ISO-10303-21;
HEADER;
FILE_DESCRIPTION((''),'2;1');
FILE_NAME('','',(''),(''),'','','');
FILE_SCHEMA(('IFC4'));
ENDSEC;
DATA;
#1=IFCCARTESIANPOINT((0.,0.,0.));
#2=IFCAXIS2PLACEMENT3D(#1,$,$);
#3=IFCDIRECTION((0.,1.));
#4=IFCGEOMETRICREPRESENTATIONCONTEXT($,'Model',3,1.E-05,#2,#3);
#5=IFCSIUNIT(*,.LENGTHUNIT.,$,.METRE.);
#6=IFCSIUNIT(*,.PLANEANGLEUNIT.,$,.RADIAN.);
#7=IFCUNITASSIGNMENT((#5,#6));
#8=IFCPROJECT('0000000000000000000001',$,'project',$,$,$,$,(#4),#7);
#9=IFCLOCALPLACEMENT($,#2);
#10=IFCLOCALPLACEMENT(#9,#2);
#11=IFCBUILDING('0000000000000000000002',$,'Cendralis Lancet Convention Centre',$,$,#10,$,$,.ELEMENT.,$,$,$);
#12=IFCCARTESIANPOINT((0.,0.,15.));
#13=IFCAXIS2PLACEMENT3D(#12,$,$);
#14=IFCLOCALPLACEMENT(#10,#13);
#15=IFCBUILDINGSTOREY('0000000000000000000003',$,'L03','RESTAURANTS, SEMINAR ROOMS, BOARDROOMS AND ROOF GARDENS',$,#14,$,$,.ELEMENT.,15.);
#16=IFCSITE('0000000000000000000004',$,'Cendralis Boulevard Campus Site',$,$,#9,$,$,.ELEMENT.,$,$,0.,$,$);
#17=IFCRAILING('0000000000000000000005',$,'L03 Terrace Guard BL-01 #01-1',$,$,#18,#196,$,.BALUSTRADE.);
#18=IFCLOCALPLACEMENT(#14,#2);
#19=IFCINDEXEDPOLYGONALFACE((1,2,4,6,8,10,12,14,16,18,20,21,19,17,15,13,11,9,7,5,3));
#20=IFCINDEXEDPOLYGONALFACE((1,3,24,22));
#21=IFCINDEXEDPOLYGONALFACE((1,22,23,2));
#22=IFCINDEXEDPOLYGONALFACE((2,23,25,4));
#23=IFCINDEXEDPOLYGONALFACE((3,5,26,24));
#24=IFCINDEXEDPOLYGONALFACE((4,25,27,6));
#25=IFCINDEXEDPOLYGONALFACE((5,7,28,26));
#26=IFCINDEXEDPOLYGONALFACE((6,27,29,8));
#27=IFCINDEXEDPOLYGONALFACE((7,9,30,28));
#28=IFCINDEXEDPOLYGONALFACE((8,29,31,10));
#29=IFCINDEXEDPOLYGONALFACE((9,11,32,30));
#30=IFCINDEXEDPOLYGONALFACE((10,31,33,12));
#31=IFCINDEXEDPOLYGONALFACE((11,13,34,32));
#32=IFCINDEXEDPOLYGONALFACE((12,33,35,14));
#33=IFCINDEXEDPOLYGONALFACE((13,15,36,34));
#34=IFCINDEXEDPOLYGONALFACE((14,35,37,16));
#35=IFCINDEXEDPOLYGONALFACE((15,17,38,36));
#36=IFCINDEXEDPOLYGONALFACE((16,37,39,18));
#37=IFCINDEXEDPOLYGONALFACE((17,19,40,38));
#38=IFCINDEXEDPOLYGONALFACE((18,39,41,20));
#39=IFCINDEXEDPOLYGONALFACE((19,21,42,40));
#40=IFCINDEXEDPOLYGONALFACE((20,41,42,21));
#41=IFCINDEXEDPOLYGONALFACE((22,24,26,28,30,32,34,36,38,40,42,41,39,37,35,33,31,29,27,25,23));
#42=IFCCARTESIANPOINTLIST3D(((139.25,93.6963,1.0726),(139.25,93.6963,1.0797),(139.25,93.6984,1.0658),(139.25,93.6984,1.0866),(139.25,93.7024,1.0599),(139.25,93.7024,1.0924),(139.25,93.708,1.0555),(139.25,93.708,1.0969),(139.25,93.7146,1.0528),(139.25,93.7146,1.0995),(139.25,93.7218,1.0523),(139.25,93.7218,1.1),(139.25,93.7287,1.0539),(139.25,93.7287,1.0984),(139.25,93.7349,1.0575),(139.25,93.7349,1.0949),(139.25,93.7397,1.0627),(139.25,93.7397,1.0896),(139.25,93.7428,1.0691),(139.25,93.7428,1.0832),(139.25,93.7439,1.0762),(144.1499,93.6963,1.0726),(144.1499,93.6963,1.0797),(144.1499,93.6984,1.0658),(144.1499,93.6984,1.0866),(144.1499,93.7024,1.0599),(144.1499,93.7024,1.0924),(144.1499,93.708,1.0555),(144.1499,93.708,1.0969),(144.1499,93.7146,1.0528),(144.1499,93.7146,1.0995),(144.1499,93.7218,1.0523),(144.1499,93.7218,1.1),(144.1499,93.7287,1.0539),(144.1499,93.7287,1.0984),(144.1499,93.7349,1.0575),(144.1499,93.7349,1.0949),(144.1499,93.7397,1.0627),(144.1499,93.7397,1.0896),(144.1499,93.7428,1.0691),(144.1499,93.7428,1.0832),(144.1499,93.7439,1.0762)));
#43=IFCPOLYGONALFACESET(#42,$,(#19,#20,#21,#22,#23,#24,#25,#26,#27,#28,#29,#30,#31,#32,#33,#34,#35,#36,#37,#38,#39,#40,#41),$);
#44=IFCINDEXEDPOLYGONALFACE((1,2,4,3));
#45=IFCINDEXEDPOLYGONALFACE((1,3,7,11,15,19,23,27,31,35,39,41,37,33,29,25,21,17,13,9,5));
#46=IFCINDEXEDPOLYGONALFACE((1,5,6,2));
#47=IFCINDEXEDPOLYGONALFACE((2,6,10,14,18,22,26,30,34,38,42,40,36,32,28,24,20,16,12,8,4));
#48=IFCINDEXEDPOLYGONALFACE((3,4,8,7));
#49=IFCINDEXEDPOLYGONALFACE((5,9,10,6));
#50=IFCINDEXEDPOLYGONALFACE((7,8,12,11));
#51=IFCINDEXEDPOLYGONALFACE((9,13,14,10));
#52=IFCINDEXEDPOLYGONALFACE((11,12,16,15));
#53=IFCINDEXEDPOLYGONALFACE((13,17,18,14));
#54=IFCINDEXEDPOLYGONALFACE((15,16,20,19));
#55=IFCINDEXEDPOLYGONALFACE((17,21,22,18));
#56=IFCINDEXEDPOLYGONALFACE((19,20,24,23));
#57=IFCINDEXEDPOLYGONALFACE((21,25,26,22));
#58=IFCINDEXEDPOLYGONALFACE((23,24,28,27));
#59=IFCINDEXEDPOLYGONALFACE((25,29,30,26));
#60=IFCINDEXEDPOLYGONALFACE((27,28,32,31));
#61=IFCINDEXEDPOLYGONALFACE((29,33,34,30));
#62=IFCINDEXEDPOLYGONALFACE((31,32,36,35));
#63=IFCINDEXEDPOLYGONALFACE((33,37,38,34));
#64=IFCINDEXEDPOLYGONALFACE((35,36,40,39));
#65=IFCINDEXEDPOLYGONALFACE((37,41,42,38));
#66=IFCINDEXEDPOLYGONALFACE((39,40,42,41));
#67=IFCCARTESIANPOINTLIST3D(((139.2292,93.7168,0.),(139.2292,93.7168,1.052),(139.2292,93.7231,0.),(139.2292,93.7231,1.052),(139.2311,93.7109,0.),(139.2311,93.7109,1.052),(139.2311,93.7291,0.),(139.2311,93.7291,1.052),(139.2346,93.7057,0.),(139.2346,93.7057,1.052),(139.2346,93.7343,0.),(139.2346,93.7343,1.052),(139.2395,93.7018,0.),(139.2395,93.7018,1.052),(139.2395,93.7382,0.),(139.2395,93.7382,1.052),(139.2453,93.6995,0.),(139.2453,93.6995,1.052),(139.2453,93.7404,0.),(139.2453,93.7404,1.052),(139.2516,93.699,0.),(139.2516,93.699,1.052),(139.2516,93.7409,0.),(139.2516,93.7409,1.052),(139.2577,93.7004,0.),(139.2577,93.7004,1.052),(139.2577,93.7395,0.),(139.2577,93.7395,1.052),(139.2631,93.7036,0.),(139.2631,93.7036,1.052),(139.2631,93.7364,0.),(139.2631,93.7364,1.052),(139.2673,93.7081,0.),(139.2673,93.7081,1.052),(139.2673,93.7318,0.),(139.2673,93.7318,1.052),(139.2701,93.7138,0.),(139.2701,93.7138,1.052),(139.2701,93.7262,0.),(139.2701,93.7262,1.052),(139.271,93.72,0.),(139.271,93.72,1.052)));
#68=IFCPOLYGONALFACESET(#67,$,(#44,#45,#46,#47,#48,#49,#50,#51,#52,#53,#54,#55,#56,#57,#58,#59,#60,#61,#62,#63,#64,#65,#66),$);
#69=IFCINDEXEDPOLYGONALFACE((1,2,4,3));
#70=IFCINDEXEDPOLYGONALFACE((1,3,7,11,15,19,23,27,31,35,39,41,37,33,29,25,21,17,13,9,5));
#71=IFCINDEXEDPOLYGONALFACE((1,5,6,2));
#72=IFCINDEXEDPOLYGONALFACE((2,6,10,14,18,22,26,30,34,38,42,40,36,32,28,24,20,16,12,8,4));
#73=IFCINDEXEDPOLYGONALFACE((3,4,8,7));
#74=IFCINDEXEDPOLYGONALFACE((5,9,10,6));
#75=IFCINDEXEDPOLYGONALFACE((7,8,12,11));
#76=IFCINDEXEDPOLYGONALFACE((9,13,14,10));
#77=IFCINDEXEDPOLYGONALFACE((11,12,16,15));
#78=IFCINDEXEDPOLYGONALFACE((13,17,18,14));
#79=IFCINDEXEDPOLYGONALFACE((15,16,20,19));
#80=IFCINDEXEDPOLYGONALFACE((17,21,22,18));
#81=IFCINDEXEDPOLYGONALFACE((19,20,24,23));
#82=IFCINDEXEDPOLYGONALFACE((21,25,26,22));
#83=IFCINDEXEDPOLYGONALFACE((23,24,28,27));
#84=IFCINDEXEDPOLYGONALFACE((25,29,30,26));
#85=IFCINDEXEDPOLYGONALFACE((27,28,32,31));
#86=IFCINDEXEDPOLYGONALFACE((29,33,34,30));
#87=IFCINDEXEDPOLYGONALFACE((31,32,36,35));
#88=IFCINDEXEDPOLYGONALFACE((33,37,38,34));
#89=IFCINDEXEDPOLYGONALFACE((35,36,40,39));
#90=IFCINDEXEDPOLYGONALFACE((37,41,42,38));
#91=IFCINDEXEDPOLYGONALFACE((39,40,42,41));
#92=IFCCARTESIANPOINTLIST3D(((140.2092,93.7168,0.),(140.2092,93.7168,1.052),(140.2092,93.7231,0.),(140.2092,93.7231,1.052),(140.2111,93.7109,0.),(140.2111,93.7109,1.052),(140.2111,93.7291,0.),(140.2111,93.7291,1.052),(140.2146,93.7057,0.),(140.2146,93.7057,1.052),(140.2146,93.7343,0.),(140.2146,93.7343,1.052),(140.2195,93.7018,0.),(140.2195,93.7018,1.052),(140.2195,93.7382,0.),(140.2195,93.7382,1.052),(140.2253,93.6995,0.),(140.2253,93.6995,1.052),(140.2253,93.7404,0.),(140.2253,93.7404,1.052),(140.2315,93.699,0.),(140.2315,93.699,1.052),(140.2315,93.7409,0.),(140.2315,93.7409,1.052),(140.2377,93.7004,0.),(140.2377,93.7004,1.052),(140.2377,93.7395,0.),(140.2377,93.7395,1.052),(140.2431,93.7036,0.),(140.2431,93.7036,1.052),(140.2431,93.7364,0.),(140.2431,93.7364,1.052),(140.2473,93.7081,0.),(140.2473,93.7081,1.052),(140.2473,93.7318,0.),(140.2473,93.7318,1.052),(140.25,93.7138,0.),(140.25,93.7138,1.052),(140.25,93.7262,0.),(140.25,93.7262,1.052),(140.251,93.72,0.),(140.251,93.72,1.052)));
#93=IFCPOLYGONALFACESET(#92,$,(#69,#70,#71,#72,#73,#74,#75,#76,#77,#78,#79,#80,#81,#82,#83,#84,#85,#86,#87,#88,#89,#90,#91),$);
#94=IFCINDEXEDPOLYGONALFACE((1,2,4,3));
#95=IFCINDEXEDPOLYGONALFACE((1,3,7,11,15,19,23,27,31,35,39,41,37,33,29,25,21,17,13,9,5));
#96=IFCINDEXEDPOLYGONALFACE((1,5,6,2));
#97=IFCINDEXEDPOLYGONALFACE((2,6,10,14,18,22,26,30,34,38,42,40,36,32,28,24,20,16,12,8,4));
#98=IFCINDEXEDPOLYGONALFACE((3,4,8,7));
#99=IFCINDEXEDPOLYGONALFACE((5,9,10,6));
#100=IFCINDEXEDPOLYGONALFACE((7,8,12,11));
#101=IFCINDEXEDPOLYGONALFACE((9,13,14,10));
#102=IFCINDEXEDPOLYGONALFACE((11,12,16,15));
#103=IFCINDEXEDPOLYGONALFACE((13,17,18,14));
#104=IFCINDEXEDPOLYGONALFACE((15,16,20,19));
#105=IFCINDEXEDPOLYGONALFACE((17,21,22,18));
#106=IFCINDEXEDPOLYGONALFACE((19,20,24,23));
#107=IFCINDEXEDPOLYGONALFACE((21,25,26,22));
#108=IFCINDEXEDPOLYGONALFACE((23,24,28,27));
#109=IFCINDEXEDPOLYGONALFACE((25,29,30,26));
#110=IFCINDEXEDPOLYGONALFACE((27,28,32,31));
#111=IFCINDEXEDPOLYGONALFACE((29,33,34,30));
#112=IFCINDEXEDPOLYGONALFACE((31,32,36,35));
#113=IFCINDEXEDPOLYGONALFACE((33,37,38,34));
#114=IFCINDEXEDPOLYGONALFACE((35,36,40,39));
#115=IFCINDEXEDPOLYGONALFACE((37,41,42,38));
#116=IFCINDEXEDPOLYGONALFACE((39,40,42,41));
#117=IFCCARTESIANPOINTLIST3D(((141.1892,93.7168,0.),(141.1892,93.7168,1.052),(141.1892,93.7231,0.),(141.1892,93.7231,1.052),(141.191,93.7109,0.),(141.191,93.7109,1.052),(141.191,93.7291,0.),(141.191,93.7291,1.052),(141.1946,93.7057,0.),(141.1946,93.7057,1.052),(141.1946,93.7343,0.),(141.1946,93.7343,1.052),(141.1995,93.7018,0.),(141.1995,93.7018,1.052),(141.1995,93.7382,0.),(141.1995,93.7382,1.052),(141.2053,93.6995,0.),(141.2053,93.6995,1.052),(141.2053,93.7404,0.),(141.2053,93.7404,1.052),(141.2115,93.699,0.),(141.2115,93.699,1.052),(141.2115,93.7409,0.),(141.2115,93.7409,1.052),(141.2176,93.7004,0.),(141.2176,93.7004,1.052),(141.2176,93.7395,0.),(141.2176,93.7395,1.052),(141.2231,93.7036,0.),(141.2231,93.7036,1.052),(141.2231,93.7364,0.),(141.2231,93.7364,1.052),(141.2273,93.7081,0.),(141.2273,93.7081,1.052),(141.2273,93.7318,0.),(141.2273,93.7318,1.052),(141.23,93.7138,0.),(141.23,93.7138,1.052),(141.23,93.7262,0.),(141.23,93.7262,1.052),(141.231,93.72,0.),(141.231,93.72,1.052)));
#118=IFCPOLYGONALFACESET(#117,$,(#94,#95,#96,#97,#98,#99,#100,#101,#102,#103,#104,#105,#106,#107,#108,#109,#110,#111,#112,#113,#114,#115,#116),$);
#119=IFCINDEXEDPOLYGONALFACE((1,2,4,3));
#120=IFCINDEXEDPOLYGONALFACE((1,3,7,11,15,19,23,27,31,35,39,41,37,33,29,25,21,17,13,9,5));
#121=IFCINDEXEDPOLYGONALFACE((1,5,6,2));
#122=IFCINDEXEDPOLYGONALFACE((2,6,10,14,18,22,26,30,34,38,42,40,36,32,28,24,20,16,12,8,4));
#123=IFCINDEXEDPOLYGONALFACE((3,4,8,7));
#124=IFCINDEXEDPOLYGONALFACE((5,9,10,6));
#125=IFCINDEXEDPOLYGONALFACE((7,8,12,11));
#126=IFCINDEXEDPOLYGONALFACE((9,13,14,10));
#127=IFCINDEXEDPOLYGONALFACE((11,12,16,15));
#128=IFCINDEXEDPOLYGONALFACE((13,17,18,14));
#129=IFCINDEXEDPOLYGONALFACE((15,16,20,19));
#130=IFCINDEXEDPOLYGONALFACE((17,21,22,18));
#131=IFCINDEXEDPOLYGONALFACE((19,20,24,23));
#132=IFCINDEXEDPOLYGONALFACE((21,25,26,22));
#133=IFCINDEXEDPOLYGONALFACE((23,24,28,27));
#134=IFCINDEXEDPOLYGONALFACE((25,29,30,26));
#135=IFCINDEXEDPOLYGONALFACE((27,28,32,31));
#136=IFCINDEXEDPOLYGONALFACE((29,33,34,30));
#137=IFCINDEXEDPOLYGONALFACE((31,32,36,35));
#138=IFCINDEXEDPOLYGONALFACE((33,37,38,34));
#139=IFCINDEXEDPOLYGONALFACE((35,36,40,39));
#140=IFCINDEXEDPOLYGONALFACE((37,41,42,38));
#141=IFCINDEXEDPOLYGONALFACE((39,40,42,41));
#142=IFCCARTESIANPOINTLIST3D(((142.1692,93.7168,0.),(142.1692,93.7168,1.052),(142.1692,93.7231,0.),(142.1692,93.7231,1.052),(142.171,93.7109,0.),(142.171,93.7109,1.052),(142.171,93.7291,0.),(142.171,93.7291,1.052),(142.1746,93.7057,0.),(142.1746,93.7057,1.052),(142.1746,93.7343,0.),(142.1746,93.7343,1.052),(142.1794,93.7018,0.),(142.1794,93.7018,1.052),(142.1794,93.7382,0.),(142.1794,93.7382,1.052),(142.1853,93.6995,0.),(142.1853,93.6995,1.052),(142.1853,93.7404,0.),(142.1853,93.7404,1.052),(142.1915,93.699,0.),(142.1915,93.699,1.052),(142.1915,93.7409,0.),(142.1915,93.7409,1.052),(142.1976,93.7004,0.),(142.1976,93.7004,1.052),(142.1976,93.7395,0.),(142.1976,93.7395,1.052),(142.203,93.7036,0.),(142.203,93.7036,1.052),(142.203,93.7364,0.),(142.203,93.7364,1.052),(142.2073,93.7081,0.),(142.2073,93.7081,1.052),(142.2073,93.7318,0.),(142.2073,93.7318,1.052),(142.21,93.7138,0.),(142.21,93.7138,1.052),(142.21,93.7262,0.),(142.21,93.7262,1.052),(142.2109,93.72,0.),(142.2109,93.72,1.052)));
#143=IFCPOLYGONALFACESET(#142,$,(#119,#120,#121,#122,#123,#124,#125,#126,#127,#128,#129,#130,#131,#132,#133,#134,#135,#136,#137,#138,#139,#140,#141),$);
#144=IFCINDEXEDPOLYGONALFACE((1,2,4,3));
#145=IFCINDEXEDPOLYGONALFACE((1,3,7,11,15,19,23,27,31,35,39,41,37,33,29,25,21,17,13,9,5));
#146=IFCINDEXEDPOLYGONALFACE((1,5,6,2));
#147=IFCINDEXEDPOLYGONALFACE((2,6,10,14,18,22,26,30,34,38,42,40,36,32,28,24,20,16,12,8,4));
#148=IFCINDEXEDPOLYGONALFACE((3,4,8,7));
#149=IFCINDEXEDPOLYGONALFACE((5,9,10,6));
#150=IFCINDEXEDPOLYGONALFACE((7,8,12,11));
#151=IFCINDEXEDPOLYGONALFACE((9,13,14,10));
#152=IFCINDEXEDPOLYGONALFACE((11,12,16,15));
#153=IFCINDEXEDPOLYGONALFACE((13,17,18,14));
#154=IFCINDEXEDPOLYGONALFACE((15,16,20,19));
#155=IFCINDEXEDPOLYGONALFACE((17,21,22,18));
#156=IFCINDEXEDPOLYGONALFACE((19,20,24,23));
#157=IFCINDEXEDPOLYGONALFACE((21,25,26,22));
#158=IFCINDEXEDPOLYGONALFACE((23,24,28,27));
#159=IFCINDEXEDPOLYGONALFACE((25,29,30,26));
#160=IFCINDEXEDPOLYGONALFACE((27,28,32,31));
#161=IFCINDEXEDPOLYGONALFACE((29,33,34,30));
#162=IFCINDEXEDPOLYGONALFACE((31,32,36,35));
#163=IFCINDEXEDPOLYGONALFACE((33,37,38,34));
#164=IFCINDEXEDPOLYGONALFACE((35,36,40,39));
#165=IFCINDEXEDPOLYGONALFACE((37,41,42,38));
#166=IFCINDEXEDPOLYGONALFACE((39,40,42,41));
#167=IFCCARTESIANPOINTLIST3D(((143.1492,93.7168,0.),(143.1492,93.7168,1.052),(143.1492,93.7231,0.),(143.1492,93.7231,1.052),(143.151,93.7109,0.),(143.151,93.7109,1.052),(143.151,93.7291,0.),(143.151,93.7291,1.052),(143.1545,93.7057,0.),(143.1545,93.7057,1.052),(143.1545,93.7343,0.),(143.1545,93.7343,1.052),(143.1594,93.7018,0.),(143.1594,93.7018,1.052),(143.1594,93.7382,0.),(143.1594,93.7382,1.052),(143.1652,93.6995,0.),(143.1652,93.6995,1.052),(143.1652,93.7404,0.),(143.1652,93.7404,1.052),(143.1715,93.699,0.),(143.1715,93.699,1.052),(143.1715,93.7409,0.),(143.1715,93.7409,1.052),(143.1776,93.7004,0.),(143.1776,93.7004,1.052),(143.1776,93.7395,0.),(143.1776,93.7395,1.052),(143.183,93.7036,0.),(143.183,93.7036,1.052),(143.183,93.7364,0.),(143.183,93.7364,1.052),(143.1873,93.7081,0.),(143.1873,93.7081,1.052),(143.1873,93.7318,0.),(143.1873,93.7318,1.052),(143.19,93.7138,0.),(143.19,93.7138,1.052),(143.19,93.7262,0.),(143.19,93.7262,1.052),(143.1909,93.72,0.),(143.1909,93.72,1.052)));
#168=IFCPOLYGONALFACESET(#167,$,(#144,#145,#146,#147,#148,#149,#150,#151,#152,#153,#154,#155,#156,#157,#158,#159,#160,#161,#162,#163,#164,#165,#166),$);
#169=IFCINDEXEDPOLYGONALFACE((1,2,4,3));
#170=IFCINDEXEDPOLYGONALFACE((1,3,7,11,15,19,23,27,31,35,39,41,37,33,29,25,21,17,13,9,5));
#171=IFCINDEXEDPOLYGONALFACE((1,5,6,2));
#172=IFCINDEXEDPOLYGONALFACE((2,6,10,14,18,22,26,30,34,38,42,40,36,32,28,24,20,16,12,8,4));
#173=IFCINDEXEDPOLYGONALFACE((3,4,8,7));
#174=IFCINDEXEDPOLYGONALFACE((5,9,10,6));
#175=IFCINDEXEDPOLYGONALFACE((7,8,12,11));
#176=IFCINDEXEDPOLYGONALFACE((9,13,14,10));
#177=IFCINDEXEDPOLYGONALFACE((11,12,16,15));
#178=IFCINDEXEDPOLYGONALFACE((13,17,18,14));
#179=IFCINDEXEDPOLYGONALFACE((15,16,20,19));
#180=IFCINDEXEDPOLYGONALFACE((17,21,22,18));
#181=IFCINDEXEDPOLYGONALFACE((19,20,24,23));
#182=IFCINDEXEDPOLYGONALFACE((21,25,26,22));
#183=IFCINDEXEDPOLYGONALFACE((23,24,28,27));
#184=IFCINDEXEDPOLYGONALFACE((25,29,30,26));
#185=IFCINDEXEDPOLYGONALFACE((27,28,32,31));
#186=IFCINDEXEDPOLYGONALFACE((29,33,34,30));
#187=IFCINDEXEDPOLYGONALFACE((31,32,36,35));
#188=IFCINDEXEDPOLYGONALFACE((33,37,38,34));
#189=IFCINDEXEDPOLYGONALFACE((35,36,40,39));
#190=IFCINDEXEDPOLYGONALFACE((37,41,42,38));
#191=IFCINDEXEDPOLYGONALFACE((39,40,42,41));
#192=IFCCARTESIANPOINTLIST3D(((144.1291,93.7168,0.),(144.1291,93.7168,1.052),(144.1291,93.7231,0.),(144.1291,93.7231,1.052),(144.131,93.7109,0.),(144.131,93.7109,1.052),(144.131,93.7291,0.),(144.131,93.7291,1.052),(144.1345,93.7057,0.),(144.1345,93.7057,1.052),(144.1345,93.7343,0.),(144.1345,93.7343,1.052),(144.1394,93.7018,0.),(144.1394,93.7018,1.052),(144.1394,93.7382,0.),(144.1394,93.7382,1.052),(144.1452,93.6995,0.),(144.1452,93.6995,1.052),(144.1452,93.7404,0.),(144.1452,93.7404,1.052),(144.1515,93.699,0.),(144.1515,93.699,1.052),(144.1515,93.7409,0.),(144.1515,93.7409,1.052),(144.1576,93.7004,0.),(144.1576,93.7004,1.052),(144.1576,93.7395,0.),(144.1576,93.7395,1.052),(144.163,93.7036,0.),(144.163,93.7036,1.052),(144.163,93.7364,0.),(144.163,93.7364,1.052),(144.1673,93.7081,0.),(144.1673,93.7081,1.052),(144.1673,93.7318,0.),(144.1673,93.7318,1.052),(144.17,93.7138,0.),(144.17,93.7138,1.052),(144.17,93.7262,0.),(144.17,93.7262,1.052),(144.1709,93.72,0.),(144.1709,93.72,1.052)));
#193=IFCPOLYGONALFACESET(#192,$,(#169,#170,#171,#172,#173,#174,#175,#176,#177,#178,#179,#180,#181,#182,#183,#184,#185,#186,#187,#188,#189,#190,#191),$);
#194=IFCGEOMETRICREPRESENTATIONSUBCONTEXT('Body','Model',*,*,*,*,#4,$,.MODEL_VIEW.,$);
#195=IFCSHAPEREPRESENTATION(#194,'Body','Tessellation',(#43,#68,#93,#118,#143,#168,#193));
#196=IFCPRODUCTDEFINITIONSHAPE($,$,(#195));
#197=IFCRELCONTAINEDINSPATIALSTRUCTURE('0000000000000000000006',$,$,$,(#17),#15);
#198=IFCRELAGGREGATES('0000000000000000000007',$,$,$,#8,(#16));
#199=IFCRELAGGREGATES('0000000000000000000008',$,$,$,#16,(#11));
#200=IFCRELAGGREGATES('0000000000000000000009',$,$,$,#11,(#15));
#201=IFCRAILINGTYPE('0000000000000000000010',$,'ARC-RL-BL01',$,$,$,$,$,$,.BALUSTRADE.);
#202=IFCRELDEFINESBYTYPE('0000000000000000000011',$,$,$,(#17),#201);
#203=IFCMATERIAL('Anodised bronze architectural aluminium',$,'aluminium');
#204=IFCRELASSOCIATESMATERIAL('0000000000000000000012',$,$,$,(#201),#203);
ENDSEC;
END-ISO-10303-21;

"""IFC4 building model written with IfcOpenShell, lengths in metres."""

from ifc_helpers import new_model, si_unit, direction, frame, origin, origin_2d, place, context, subcontext, project, spatial, circle, extrude, material, type_object, element, save


model = new_model("IFC4")

# Units and contexts
model_context = context("Model", 3, precision=1e-05, world=origin(), true_north=direction((0.0, 1.0)))
body_context = subcontext(model_context, "Body", "Model", "MODEL_VIEW")
ifc_project = project(units=[si_unit("LENGTHUNIT", "METRE"), si_unit("PLANEANGLEUNIT", "RADIAN")], contexts=[model_context])

# Site, building, storey
site_placement = place(None, origin())
site = spatial("IfcSite", under=ifc_project, at=site_placement, Name="Cendralis Boulevard Campus Site", CompositionType="ELEMENT", RefElevation=0.0)
building_placement = place(site_placement, origin())
building = spatial("IfcBuilding", under=site, at=building_placement, Name="Cendralis Lancet Convention Centre", CompositionType="ELEMENT")
storey_placement = place(building_placement, frame((0.0, 0.0, 15.0)))
storey = spatial("IfcBuildingStorey", under=building, at=storey_placement, Name="L03", Description="RESTAURANTS, SEMINAR ROOMS, BOARDROOMS AND ROOF GARDENS", CompositionType="ELEMENT", Elevation=15.0)

# Shared definitions
ifc_material_1 = material(Name="Anodised bronze architectural aluminium", Category="aluminium")

# Railing
railing_type = type_object("IfcRailingType", Name="ARC-RL-BL01", PredefinedType="BALUSTRADE", material=ifc_material_1)
railing_1_placement = place(storey_placement, frame((139.25, 93.72, 0.0)))
element("IfcRailing", 1, at=railing_1_placement, inside=storey, type_object=railing_type, Name="L03 Terrace Guard BL-01 #01-1", PredefinedType="BALUSTRADE", context=body_context, shape_type="SweptSolid", body=[
    extrude(circle(Radius=0.0239, at=origin_2d()), frame((0.0, 0.0, 1.0762), z_axis=(1.0, 0.0, 0.0), x_axis=(0.0, 1.0, 0.0)), (0.0, 0.0, 1.0), 4.8999),
    extrude(circle(Radius=0.021, at=origin_2d()), origin(), (0.0, 0.0, 1.0), 1.052),
    extrude(circle(Radius=0.021, at=origin_2d()), frame((0.98, 0.0, 0.0)), (0.0, 0.0, 1.0), 1.052),
    extrude(circle(Radius=0.021, at=origin_2d()), frame((1.96, 0.0, 0.0)), (0.0, 0.0, 1.0), 1.052),
    extrude(circle(Radius=0.021, at=origin_2d()), frame((2.9399, 0.0, 0.0)), (0.0, 0.0, 1.0), 1.052),
    extrude(circle(Radius=0.021, at=origin_2d()), frame((3.9199, 0.0, 0.0)), (0.0, 0.0, 1.0), 1.052),
    extrude(circle(Radius=0.021, at=origin_2d()), frame((4.8999, 0.0, 0.0)), (0.0, 0.0, 1.0), 1.052),
])

save(model, "model.ifc")
